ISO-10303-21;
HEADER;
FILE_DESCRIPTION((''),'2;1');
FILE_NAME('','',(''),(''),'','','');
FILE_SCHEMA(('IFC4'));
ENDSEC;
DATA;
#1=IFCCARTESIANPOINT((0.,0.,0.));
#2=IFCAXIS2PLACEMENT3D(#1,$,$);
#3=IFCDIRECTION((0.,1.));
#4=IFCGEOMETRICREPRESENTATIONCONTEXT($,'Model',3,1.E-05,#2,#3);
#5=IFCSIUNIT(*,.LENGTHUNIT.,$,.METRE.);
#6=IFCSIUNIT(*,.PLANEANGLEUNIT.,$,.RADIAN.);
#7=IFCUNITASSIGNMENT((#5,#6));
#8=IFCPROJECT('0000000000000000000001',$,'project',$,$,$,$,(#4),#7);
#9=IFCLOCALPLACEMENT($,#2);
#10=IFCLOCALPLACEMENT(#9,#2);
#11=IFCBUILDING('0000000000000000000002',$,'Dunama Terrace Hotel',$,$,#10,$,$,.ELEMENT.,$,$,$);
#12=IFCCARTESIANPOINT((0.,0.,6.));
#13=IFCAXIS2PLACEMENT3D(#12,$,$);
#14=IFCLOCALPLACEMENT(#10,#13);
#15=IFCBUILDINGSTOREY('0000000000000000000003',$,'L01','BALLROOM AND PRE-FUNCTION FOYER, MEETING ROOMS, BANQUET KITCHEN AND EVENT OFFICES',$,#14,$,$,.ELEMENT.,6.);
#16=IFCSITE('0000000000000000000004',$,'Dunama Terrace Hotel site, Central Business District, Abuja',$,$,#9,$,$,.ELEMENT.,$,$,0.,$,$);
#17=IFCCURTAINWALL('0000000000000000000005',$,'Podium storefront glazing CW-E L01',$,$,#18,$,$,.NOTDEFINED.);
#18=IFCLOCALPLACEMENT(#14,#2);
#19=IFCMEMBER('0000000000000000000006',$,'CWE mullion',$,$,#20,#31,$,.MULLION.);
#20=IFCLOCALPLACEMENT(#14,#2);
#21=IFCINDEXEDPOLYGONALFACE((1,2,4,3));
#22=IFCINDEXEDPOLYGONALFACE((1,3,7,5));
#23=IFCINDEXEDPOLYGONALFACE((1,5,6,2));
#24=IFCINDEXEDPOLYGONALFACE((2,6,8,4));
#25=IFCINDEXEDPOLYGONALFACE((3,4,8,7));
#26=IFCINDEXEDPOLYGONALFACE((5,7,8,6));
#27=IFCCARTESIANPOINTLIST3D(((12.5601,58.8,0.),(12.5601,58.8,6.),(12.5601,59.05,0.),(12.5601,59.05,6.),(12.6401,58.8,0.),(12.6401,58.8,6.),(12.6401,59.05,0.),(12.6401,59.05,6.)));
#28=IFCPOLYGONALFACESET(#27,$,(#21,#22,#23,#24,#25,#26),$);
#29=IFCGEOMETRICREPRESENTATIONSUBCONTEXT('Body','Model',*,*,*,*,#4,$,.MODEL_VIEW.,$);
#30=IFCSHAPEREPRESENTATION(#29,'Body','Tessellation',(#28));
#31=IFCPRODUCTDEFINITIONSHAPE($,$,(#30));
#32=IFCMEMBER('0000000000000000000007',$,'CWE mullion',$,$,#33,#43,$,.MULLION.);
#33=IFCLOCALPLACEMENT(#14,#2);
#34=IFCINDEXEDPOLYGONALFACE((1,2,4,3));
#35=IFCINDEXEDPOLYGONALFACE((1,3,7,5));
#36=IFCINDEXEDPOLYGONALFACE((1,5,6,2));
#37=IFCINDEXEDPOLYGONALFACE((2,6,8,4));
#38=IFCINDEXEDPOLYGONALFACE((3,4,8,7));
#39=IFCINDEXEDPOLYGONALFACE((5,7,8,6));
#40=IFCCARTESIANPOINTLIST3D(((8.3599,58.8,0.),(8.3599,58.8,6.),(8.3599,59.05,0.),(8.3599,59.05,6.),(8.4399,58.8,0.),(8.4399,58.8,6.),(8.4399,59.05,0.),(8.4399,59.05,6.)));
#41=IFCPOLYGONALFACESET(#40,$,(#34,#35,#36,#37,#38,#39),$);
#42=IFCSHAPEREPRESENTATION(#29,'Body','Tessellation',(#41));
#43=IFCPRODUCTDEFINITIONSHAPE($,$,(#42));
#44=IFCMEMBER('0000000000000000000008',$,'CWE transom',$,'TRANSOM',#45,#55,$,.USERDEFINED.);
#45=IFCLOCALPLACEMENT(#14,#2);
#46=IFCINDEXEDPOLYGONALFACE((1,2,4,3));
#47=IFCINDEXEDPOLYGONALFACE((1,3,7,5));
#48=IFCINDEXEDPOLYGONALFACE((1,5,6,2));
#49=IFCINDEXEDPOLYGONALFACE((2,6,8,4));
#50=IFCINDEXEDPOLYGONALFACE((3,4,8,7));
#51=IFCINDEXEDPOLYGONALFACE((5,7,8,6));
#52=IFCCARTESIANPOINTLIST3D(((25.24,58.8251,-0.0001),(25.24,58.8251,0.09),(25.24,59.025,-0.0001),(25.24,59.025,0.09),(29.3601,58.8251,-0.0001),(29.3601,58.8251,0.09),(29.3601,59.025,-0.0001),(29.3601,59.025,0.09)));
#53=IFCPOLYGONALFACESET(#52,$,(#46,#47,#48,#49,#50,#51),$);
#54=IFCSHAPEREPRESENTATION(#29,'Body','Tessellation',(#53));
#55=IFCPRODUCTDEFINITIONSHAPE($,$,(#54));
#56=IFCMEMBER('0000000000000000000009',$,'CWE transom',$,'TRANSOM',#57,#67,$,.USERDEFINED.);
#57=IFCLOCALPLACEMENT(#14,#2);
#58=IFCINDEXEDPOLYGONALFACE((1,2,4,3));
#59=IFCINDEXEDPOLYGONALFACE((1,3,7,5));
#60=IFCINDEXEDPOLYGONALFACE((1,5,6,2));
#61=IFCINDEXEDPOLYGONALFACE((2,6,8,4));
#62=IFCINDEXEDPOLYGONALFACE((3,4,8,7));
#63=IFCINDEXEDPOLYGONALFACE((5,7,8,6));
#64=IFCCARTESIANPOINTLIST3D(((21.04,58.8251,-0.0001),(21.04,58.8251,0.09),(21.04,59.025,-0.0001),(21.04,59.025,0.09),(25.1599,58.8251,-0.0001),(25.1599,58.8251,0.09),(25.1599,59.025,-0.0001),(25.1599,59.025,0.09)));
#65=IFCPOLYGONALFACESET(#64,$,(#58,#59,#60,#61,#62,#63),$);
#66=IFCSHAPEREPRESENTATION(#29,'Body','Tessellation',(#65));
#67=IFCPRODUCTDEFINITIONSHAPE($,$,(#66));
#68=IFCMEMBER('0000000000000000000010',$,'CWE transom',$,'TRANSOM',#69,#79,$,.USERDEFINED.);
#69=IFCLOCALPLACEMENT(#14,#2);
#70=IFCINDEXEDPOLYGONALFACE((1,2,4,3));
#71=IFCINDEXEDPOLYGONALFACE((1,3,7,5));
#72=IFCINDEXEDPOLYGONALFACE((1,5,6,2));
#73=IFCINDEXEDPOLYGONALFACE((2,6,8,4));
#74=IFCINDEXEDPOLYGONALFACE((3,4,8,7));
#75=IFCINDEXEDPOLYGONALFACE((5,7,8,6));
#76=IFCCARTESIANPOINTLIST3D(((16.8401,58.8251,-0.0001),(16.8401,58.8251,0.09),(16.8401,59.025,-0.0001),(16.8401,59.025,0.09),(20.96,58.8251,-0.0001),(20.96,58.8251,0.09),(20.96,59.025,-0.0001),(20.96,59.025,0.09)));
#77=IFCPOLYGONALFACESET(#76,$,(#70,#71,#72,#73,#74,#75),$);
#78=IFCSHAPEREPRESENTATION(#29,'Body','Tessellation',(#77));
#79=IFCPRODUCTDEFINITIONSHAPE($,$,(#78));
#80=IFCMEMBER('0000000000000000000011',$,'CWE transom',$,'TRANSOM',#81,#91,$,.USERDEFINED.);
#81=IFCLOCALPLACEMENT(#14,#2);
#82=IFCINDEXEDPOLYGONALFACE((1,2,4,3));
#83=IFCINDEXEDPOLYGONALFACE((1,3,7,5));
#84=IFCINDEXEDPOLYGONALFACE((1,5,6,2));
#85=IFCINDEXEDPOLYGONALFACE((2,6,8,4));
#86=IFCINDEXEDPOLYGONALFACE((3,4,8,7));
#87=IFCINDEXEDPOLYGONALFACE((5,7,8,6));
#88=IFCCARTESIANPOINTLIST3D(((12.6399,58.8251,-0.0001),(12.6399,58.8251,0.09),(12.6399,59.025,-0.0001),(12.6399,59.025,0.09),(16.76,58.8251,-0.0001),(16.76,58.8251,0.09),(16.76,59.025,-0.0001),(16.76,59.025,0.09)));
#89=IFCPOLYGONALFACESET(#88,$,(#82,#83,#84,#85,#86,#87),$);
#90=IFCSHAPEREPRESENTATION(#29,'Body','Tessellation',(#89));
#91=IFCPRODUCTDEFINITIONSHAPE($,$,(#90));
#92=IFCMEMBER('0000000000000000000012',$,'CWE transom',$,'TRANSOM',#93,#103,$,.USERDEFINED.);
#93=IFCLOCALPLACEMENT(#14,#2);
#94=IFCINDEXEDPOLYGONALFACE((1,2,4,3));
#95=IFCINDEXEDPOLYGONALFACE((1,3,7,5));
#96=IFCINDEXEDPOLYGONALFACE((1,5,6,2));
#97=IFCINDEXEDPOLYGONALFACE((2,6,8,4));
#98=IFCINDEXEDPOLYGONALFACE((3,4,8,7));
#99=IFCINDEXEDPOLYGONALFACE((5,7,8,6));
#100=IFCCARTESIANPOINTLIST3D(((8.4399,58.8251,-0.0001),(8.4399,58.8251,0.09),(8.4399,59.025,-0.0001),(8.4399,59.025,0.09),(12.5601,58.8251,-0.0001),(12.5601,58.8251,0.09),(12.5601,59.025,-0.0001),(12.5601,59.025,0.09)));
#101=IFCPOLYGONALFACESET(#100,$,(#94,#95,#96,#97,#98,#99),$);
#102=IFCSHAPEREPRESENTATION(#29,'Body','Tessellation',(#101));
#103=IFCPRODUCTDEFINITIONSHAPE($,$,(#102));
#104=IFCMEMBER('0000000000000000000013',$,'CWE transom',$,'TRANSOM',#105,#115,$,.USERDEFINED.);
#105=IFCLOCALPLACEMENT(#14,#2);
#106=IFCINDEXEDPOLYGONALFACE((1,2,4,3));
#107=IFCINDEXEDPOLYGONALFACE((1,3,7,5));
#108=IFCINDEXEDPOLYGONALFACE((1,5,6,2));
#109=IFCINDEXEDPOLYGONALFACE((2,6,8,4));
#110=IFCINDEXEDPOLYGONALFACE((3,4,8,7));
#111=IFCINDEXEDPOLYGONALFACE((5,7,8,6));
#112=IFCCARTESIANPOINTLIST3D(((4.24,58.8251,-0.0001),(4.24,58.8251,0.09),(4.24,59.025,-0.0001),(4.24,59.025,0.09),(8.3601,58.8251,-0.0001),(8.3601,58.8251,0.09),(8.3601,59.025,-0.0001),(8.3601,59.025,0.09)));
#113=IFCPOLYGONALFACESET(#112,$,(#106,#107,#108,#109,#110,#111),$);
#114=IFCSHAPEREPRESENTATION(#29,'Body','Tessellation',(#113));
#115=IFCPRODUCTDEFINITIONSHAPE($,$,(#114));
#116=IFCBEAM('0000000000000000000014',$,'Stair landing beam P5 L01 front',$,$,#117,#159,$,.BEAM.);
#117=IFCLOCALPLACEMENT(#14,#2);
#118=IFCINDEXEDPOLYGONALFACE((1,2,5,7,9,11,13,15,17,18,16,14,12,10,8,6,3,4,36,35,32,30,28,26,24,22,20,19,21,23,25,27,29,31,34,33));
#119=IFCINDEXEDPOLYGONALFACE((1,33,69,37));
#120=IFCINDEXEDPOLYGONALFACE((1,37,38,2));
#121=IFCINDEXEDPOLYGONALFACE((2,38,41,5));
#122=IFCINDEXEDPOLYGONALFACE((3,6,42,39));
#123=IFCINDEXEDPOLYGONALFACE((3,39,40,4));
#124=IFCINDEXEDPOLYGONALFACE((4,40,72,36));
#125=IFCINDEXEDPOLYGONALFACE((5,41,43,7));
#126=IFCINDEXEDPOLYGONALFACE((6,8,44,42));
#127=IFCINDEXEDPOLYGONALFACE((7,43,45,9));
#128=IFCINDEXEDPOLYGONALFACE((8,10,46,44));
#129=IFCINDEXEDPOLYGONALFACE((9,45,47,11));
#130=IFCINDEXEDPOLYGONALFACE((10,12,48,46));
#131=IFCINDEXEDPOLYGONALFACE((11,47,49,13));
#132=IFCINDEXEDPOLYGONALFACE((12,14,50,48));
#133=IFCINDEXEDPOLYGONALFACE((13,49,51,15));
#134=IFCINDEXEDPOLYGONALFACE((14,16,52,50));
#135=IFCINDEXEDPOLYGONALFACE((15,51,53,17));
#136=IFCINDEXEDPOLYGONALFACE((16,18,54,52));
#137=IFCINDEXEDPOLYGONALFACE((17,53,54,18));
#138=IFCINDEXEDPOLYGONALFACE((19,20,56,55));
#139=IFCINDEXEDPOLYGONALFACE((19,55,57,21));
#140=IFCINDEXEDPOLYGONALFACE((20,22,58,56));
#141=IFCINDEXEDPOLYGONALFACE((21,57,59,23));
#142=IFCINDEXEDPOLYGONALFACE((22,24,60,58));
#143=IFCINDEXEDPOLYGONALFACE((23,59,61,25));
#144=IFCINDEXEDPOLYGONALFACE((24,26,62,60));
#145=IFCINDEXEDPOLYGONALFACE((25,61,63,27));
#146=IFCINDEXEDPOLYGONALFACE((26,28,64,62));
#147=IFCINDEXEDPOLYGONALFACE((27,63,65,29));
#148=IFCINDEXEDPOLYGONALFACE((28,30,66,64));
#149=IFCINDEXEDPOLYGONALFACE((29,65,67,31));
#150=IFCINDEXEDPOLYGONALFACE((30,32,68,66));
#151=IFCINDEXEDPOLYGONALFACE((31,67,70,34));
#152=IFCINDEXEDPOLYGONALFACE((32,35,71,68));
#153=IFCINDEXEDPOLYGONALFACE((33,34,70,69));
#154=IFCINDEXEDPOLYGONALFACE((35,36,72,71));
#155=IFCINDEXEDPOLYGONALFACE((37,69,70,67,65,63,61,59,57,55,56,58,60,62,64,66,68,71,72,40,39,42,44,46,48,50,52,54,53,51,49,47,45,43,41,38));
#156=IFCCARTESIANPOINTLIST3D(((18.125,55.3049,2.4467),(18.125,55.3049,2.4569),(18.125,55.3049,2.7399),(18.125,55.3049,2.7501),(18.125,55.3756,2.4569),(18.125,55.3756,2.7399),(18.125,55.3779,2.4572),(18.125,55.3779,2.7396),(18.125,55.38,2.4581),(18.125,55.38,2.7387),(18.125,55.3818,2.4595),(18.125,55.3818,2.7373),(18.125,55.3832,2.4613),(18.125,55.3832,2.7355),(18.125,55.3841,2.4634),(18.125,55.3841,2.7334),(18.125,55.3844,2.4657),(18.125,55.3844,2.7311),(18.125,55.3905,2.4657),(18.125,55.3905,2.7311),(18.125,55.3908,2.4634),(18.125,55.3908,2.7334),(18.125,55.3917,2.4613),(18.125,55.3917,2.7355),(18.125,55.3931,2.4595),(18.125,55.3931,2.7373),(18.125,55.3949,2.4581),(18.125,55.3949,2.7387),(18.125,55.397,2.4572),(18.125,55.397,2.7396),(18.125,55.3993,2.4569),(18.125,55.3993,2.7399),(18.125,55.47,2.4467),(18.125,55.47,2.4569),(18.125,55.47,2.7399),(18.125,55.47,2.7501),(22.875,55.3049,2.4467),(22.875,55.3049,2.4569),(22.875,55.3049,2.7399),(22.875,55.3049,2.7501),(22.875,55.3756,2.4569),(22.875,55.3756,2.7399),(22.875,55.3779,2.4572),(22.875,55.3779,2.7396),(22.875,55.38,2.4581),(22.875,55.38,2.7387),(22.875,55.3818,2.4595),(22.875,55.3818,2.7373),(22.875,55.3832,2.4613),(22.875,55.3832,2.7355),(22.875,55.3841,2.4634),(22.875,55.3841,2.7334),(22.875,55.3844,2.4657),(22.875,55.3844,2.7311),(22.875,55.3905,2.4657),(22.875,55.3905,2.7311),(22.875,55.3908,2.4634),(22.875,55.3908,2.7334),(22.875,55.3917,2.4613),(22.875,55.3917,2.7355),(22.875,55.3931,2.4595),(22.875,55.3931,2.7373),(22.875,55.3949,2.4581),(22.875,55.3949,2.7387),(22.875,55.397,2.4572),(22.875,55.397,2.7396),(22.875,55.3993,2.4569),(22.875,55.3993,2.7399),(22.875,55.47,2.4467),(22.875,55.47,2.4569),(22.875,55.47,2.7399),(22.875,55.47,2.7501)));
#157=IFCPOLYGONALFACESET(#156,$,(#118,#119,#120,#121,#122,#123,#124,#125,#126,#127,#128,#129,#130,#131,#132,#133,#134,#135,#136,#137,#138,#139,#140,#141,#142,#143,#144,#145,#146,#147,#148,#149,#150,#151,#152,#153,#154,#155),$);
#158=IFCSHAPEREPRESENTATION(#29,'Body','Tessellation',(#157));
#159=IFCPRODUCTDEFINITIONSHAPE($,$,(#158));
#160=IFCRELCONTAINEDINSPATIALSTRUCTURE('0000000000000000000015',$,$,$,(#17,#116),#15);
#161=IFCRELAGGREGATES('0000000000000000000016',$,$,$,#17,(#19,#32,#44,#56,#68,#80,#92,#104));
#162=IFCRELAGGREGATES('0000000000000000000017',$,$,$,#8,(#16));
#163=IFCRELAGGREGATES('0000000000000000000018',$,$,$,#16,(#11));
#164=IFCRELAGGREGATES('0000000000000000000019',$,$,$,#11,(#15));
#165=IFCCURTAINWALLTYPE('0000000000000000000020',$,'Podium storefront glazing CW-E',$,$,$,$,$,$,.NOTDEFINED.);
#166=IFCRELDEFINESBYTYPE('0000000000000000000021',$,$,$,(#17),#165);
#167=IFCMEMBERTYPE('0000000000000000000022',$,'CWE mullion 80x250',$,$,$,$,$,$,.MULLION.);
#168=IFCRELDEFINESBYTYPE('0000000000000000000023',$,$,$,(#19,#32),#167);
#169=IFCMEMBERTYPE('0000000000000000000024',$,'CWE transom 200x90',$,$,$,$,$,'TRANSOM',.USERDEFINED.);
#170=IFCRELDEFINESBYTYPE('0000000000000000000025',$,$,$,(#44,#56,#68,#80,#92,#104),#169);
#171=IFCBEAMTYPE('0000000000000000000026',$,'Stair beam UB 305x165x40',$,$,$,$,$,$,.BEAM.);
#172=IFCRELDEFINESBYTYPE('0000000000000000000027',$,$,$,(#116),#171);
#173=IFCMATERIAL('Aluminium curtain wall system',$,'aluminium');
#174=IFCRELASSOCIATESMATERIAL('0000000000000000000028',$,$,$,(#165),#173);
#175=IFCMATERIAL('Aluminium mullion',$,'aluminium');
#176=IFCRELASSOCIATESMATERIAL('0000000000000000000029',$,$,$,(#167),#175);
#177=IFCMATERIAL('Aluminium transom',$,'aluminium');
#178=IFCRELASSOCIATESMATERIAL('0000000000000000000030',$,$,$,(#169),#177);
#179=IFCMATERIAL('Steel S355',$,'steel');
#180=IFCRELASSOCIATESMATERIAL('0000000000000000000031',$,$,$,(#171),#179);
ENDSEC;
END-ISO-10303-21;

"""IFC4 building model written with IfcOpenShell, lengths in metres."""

from ifc_helpers import new_model, si_unit, direction, frame, origin, origin_2d, place, context, subcontext, project, spatial, rectangle, i_section, extrude, material, material_profile, profile_set, type_object, element, aggregate, save


model = new_model("IFC4")

# Units and contexts
model_context = context("Model", 3, precision=1e-05, world=origin(), true_north=direction((0.0, 1.0)))
body_context = subcontext(model_context, "Body", "Model", "MODEL_VIEW")
ifc_project = project(units=[si_unit("LENGTHUNIT", "METRE"), si_unit("PLANEANGLEUNIT", "RADIAN")], contexts=[model_context])

# Site, building, storey
site_placement = place(None, origin())
site = spatial("IfcSite", under=ifc_project, at=site_placement, Name="Dunama Terrace Hotel site, Central Business District, Abuja", CompositionType="ELEMENT", RefElevation=0.0)
building_placement = place(site_placement, origin())
building = spatial("IfcBuilding", under=site, at=building_placement, Name="Dunama Terrace Hotel", CompositionType="ELEMENT")
storey_placement = place(building_placement, frame((0.0, 0.0, 6.0)))
storey = spatial("IfcBuildingStorey", under=building, at=storey_placement, Name="L01", Description="BALLROOM AND PRE-FUNCTION FOYER, MEETING ROOMS, BANQUET KITCHEN AND EVENT OFFICES", CompositionType="ELEMENT", Elevation=6.0)

# Curtain wall, members
ifc_material_1 = material(Name="Aluminium curtain wall system", Category="aluminium")
curtain_wall_type = type_object("IfcCurtainWallType", Name="Podium storefront glazing CW-E", PredefinedType="NOTDEFINED", material=ifc_material_1)
curtain_wall_placement = place(storey_placement, origin())
curtain_wall = element("IfcCurtainWall", 1, at=curtain_wall_placement, inside=storey, type_object=curtain_wall_type, Name="Podium storefront glazing CW-E L01", PredefinedType="NOTDEFINED")
ifc_material_2 = material(Name="Aluminium mullion", Category="aluminium")
ifc_material_profile_1 = material_profile(ifc_material_2, rectangle(XDim=0.0801, YDim=0.25, at=origin_2d()), Name="CWE MULLION 80X250")
ifc_profile_set_1 = profile_set([ifc_material_profile_1], Name="Aluminium mullion")
member_type_1 = type_object("IfcMemberType", Name="CWE mullion 80x250", PredefinedType="MULLION", material=ifc_profile_set_1)
member_1_placement = place(storey_placement, frame((12.6001, 58.925, 0.0), z_axis=(0.0, 0.0, 1.0), x_axis=(-1.0, 0.0, 0.0)))
member_1 = element("IfcMember", 2, at=member_1_placement, type_object=member_type_1, Name="CWE mullion", PredefinedType="MULLION", context=body_context, shape_type="SweptSolid", body=[
    extrude(rectangle(XDim=0.0801, YDim=0.25, at=origin_2d()), origin(), (0.0, 0.0, 1.0), 6.0),
])
member_2_placement = place(storey_placement, frame((8.3999, 58.925, 0.0), z_axis=(0.0, 0.0, 1.0), x_axis=(-1.0, 0.0, 0.0)))
member_2 = element("IfcMember", 3, at=member_2_placement, type_object=member_type_1, Name="CWE mullion", PredefinedType="MULLION", context=body_context, shape_type="SweptSolid", body=[
    extrude(rectangle(XDim=0.0801, YDim=0.25, at=origin_2d()), origin(), (0.0, 0.0, 1.0), 6.0),
])
ifc_material_3 = material(Name="Aluminium transom", Category="aluminium")
ifc_material_profile_2 = material_profile(ifc_material_3, rectangle(XDim=0.2, YDim=0.0901, at=origin_2d()), Name="CWE TRANSOM 200X90")
ifc_profile_set_2 = profile_set([ifc_material_profile_2], Name="Aluminium transom")
member_type_2 = type_object("IfcMemberType", Name="CWE transom 200x90", ElementType="TRANSOM", PredefinedType="USERDEFINED", material=ifc_profile_set_2)
member_3_placement = place(storey_placement, frame((29.3601, 58.925, 0.0449), z_axis=(-1.0, 0.0, 0.0), x_axis=(0.0, -1.0, 0.0)))
member_3 = element("IfcMember", 4, at=member_3_placement, type_object=member_type_2, Name="CWE transom", ObjectType="TRANSOM", PredefinedType="USERDEFINED", context=body_context, shape_type="SweptSolid", body=[
    extrude(rectangle(XDim=0.2, YDim=0.0901, at=origin_2d()), origin(), (0.0, 0.0, 1.0), 4.1201),
])
member_4_placement = place(storey_placement, frame((25.1599, 58.925, 0.0449), z_axis=(-1.0, 0.0, 0.0), x_axis=(0.0, -1.0, 0.0)))
member_4 = element("IfcMember", 5, at=member_4_placement, type_object=member_type_2, Name="CWE transom", ObjectType="TRANSOM", PredefinedType="USERDEFINED", context=body_context, shape_type="SweptSolid", body=[
    extrude(rectangle(XDim=0.2, YDim=0.0901, at=origin_2d()), origin(), (0.0, 0.0, 1.0), 4.1199),
])
member_5_placement = place(storey_placement, frame((20.96, 58.925, 0.0449), z_axis=(-1.0, 0.0, 0.0), x_axis=(0.0, -1.0, 0.0)))
member_5 = element("IfcMember", 6, at=member_5_placement, type_object=member_type_2, Name="CWE transom", ObjectType="TRANSOM", PredefinedType="USERDEFINED", context=body_context, shape_type="SweptSolid", body=[
    extrude(rectangle(XDim=0.2, YDim=0.0901, at=origin_2d()), origin(), (0.0, 0.0, 1.0), 4.1199),
])
member_6_placement = place(storey_placement, frame((16.76, 58.925, 0.0449), z_axis=(-1.0, 0.0, 0.0), x_axis=(0.0, -1.0, 0.0)))
member_6 = element("IfcMember", 7, at=member_6_placement, type_object=member_type_2, Name="CWE transom", ObjectType="TRANSOM", PredefinedType="USERDEFINED", context=body_context, shape_type="SweptSolid", body=[
    extrude(rectangle(XDim=0.2, YDim=0.0901, at=origin_2d()), origin(), (0.0, 0.0, 1.0), 4.1201),
])
member_7_placement = place(storey_placement, frame((12.5601, 58.925, 0.0449), z_axis=(-1.0, 0.0, 0.0), x_axis=(0.0, -1.0, 0.0)))
member_7 = element("IfcMember", 8, at=member_7_placement, type_object=member_type_2, Name="CWE transom", ObjectType="TRANSOM", PredefinedType="USERDEFINED", context=body_context, shape_type="SweptSolid", body=[
    extrude(rectangle(XDim=0.2, YDim=0.0901, at=origin_2d()), origin(), (0.0, 0.0, 1.0), 4.1201),
])
member_8_placement = place(storey_placement, frame((8.3601, 58.925, 0.0449), z_axis=(-1.0, 0.0, 0.0), x_axis=(0.0, -1.0, 0.0)))
member_8 = element("IfcMember", 9, at=member_8_placement, type_object=member_type_2, Name="CWE transom", ObjectType="TRANSOM", PredefinedType="USERDEFINED", context=body_context, shape_type="SweptSolid", body=[
    extrude(rectangle(XDim=0.2, YDim=0.0901, at=origin_2d()), origin(), (0.0, 0.0, 1.0), 4.1201),
])

# Beam
ifc_material_4 = material(Name="Steel S355", Category="steel")
ifc_material_profile_3 = material_profile(ifc_material_4, i_section(OverallWidth=0.165, OverallDepth=0.3035, WebThickness=0.0061, FlangeThickness=0.0103, FilletRadius=0.0088, at=origin_2d()), Name="UB 305x165x40")
ifc_profile_set_3 = profile_set([ifc_material_profile_3], Name="Steel S355")
beam_type = type_object("IfcBeamType", Name="Stair beam UB 305x165x40", PredefinedType="BEAM", material=ifc_profile_set_3)
beam_1_placement = place(storey_placement, frame((18.125, 55.3875, 2.5984), z_axis=(1.0, 0.0, 0.0), x_axis=(0.0, 1.0, 0.0)))
element("IfcBeam", 10, at=beam_1_placement, inside=storey, type_object=beam_type, Name="Stair landing beam P5 L01 front", PredefinedType="BEAM", context=body_context, shape_type="SweptSolid", body=[
    extrude(i_section(OverallWidth=0.165, OverallDepth=0.3035, WebThickness=0.0061, FlangeThickness=0.0103, FilletRadius=0.0088, at=origin_2d()), origin(), (0.0, 0.0, 1.0), 4.75),
])

aggregate(curtain_wall, [member_1, member_2, member_3, member_4, member_5, member_6, member_7, member_8])

save(model, "model.ifc")
